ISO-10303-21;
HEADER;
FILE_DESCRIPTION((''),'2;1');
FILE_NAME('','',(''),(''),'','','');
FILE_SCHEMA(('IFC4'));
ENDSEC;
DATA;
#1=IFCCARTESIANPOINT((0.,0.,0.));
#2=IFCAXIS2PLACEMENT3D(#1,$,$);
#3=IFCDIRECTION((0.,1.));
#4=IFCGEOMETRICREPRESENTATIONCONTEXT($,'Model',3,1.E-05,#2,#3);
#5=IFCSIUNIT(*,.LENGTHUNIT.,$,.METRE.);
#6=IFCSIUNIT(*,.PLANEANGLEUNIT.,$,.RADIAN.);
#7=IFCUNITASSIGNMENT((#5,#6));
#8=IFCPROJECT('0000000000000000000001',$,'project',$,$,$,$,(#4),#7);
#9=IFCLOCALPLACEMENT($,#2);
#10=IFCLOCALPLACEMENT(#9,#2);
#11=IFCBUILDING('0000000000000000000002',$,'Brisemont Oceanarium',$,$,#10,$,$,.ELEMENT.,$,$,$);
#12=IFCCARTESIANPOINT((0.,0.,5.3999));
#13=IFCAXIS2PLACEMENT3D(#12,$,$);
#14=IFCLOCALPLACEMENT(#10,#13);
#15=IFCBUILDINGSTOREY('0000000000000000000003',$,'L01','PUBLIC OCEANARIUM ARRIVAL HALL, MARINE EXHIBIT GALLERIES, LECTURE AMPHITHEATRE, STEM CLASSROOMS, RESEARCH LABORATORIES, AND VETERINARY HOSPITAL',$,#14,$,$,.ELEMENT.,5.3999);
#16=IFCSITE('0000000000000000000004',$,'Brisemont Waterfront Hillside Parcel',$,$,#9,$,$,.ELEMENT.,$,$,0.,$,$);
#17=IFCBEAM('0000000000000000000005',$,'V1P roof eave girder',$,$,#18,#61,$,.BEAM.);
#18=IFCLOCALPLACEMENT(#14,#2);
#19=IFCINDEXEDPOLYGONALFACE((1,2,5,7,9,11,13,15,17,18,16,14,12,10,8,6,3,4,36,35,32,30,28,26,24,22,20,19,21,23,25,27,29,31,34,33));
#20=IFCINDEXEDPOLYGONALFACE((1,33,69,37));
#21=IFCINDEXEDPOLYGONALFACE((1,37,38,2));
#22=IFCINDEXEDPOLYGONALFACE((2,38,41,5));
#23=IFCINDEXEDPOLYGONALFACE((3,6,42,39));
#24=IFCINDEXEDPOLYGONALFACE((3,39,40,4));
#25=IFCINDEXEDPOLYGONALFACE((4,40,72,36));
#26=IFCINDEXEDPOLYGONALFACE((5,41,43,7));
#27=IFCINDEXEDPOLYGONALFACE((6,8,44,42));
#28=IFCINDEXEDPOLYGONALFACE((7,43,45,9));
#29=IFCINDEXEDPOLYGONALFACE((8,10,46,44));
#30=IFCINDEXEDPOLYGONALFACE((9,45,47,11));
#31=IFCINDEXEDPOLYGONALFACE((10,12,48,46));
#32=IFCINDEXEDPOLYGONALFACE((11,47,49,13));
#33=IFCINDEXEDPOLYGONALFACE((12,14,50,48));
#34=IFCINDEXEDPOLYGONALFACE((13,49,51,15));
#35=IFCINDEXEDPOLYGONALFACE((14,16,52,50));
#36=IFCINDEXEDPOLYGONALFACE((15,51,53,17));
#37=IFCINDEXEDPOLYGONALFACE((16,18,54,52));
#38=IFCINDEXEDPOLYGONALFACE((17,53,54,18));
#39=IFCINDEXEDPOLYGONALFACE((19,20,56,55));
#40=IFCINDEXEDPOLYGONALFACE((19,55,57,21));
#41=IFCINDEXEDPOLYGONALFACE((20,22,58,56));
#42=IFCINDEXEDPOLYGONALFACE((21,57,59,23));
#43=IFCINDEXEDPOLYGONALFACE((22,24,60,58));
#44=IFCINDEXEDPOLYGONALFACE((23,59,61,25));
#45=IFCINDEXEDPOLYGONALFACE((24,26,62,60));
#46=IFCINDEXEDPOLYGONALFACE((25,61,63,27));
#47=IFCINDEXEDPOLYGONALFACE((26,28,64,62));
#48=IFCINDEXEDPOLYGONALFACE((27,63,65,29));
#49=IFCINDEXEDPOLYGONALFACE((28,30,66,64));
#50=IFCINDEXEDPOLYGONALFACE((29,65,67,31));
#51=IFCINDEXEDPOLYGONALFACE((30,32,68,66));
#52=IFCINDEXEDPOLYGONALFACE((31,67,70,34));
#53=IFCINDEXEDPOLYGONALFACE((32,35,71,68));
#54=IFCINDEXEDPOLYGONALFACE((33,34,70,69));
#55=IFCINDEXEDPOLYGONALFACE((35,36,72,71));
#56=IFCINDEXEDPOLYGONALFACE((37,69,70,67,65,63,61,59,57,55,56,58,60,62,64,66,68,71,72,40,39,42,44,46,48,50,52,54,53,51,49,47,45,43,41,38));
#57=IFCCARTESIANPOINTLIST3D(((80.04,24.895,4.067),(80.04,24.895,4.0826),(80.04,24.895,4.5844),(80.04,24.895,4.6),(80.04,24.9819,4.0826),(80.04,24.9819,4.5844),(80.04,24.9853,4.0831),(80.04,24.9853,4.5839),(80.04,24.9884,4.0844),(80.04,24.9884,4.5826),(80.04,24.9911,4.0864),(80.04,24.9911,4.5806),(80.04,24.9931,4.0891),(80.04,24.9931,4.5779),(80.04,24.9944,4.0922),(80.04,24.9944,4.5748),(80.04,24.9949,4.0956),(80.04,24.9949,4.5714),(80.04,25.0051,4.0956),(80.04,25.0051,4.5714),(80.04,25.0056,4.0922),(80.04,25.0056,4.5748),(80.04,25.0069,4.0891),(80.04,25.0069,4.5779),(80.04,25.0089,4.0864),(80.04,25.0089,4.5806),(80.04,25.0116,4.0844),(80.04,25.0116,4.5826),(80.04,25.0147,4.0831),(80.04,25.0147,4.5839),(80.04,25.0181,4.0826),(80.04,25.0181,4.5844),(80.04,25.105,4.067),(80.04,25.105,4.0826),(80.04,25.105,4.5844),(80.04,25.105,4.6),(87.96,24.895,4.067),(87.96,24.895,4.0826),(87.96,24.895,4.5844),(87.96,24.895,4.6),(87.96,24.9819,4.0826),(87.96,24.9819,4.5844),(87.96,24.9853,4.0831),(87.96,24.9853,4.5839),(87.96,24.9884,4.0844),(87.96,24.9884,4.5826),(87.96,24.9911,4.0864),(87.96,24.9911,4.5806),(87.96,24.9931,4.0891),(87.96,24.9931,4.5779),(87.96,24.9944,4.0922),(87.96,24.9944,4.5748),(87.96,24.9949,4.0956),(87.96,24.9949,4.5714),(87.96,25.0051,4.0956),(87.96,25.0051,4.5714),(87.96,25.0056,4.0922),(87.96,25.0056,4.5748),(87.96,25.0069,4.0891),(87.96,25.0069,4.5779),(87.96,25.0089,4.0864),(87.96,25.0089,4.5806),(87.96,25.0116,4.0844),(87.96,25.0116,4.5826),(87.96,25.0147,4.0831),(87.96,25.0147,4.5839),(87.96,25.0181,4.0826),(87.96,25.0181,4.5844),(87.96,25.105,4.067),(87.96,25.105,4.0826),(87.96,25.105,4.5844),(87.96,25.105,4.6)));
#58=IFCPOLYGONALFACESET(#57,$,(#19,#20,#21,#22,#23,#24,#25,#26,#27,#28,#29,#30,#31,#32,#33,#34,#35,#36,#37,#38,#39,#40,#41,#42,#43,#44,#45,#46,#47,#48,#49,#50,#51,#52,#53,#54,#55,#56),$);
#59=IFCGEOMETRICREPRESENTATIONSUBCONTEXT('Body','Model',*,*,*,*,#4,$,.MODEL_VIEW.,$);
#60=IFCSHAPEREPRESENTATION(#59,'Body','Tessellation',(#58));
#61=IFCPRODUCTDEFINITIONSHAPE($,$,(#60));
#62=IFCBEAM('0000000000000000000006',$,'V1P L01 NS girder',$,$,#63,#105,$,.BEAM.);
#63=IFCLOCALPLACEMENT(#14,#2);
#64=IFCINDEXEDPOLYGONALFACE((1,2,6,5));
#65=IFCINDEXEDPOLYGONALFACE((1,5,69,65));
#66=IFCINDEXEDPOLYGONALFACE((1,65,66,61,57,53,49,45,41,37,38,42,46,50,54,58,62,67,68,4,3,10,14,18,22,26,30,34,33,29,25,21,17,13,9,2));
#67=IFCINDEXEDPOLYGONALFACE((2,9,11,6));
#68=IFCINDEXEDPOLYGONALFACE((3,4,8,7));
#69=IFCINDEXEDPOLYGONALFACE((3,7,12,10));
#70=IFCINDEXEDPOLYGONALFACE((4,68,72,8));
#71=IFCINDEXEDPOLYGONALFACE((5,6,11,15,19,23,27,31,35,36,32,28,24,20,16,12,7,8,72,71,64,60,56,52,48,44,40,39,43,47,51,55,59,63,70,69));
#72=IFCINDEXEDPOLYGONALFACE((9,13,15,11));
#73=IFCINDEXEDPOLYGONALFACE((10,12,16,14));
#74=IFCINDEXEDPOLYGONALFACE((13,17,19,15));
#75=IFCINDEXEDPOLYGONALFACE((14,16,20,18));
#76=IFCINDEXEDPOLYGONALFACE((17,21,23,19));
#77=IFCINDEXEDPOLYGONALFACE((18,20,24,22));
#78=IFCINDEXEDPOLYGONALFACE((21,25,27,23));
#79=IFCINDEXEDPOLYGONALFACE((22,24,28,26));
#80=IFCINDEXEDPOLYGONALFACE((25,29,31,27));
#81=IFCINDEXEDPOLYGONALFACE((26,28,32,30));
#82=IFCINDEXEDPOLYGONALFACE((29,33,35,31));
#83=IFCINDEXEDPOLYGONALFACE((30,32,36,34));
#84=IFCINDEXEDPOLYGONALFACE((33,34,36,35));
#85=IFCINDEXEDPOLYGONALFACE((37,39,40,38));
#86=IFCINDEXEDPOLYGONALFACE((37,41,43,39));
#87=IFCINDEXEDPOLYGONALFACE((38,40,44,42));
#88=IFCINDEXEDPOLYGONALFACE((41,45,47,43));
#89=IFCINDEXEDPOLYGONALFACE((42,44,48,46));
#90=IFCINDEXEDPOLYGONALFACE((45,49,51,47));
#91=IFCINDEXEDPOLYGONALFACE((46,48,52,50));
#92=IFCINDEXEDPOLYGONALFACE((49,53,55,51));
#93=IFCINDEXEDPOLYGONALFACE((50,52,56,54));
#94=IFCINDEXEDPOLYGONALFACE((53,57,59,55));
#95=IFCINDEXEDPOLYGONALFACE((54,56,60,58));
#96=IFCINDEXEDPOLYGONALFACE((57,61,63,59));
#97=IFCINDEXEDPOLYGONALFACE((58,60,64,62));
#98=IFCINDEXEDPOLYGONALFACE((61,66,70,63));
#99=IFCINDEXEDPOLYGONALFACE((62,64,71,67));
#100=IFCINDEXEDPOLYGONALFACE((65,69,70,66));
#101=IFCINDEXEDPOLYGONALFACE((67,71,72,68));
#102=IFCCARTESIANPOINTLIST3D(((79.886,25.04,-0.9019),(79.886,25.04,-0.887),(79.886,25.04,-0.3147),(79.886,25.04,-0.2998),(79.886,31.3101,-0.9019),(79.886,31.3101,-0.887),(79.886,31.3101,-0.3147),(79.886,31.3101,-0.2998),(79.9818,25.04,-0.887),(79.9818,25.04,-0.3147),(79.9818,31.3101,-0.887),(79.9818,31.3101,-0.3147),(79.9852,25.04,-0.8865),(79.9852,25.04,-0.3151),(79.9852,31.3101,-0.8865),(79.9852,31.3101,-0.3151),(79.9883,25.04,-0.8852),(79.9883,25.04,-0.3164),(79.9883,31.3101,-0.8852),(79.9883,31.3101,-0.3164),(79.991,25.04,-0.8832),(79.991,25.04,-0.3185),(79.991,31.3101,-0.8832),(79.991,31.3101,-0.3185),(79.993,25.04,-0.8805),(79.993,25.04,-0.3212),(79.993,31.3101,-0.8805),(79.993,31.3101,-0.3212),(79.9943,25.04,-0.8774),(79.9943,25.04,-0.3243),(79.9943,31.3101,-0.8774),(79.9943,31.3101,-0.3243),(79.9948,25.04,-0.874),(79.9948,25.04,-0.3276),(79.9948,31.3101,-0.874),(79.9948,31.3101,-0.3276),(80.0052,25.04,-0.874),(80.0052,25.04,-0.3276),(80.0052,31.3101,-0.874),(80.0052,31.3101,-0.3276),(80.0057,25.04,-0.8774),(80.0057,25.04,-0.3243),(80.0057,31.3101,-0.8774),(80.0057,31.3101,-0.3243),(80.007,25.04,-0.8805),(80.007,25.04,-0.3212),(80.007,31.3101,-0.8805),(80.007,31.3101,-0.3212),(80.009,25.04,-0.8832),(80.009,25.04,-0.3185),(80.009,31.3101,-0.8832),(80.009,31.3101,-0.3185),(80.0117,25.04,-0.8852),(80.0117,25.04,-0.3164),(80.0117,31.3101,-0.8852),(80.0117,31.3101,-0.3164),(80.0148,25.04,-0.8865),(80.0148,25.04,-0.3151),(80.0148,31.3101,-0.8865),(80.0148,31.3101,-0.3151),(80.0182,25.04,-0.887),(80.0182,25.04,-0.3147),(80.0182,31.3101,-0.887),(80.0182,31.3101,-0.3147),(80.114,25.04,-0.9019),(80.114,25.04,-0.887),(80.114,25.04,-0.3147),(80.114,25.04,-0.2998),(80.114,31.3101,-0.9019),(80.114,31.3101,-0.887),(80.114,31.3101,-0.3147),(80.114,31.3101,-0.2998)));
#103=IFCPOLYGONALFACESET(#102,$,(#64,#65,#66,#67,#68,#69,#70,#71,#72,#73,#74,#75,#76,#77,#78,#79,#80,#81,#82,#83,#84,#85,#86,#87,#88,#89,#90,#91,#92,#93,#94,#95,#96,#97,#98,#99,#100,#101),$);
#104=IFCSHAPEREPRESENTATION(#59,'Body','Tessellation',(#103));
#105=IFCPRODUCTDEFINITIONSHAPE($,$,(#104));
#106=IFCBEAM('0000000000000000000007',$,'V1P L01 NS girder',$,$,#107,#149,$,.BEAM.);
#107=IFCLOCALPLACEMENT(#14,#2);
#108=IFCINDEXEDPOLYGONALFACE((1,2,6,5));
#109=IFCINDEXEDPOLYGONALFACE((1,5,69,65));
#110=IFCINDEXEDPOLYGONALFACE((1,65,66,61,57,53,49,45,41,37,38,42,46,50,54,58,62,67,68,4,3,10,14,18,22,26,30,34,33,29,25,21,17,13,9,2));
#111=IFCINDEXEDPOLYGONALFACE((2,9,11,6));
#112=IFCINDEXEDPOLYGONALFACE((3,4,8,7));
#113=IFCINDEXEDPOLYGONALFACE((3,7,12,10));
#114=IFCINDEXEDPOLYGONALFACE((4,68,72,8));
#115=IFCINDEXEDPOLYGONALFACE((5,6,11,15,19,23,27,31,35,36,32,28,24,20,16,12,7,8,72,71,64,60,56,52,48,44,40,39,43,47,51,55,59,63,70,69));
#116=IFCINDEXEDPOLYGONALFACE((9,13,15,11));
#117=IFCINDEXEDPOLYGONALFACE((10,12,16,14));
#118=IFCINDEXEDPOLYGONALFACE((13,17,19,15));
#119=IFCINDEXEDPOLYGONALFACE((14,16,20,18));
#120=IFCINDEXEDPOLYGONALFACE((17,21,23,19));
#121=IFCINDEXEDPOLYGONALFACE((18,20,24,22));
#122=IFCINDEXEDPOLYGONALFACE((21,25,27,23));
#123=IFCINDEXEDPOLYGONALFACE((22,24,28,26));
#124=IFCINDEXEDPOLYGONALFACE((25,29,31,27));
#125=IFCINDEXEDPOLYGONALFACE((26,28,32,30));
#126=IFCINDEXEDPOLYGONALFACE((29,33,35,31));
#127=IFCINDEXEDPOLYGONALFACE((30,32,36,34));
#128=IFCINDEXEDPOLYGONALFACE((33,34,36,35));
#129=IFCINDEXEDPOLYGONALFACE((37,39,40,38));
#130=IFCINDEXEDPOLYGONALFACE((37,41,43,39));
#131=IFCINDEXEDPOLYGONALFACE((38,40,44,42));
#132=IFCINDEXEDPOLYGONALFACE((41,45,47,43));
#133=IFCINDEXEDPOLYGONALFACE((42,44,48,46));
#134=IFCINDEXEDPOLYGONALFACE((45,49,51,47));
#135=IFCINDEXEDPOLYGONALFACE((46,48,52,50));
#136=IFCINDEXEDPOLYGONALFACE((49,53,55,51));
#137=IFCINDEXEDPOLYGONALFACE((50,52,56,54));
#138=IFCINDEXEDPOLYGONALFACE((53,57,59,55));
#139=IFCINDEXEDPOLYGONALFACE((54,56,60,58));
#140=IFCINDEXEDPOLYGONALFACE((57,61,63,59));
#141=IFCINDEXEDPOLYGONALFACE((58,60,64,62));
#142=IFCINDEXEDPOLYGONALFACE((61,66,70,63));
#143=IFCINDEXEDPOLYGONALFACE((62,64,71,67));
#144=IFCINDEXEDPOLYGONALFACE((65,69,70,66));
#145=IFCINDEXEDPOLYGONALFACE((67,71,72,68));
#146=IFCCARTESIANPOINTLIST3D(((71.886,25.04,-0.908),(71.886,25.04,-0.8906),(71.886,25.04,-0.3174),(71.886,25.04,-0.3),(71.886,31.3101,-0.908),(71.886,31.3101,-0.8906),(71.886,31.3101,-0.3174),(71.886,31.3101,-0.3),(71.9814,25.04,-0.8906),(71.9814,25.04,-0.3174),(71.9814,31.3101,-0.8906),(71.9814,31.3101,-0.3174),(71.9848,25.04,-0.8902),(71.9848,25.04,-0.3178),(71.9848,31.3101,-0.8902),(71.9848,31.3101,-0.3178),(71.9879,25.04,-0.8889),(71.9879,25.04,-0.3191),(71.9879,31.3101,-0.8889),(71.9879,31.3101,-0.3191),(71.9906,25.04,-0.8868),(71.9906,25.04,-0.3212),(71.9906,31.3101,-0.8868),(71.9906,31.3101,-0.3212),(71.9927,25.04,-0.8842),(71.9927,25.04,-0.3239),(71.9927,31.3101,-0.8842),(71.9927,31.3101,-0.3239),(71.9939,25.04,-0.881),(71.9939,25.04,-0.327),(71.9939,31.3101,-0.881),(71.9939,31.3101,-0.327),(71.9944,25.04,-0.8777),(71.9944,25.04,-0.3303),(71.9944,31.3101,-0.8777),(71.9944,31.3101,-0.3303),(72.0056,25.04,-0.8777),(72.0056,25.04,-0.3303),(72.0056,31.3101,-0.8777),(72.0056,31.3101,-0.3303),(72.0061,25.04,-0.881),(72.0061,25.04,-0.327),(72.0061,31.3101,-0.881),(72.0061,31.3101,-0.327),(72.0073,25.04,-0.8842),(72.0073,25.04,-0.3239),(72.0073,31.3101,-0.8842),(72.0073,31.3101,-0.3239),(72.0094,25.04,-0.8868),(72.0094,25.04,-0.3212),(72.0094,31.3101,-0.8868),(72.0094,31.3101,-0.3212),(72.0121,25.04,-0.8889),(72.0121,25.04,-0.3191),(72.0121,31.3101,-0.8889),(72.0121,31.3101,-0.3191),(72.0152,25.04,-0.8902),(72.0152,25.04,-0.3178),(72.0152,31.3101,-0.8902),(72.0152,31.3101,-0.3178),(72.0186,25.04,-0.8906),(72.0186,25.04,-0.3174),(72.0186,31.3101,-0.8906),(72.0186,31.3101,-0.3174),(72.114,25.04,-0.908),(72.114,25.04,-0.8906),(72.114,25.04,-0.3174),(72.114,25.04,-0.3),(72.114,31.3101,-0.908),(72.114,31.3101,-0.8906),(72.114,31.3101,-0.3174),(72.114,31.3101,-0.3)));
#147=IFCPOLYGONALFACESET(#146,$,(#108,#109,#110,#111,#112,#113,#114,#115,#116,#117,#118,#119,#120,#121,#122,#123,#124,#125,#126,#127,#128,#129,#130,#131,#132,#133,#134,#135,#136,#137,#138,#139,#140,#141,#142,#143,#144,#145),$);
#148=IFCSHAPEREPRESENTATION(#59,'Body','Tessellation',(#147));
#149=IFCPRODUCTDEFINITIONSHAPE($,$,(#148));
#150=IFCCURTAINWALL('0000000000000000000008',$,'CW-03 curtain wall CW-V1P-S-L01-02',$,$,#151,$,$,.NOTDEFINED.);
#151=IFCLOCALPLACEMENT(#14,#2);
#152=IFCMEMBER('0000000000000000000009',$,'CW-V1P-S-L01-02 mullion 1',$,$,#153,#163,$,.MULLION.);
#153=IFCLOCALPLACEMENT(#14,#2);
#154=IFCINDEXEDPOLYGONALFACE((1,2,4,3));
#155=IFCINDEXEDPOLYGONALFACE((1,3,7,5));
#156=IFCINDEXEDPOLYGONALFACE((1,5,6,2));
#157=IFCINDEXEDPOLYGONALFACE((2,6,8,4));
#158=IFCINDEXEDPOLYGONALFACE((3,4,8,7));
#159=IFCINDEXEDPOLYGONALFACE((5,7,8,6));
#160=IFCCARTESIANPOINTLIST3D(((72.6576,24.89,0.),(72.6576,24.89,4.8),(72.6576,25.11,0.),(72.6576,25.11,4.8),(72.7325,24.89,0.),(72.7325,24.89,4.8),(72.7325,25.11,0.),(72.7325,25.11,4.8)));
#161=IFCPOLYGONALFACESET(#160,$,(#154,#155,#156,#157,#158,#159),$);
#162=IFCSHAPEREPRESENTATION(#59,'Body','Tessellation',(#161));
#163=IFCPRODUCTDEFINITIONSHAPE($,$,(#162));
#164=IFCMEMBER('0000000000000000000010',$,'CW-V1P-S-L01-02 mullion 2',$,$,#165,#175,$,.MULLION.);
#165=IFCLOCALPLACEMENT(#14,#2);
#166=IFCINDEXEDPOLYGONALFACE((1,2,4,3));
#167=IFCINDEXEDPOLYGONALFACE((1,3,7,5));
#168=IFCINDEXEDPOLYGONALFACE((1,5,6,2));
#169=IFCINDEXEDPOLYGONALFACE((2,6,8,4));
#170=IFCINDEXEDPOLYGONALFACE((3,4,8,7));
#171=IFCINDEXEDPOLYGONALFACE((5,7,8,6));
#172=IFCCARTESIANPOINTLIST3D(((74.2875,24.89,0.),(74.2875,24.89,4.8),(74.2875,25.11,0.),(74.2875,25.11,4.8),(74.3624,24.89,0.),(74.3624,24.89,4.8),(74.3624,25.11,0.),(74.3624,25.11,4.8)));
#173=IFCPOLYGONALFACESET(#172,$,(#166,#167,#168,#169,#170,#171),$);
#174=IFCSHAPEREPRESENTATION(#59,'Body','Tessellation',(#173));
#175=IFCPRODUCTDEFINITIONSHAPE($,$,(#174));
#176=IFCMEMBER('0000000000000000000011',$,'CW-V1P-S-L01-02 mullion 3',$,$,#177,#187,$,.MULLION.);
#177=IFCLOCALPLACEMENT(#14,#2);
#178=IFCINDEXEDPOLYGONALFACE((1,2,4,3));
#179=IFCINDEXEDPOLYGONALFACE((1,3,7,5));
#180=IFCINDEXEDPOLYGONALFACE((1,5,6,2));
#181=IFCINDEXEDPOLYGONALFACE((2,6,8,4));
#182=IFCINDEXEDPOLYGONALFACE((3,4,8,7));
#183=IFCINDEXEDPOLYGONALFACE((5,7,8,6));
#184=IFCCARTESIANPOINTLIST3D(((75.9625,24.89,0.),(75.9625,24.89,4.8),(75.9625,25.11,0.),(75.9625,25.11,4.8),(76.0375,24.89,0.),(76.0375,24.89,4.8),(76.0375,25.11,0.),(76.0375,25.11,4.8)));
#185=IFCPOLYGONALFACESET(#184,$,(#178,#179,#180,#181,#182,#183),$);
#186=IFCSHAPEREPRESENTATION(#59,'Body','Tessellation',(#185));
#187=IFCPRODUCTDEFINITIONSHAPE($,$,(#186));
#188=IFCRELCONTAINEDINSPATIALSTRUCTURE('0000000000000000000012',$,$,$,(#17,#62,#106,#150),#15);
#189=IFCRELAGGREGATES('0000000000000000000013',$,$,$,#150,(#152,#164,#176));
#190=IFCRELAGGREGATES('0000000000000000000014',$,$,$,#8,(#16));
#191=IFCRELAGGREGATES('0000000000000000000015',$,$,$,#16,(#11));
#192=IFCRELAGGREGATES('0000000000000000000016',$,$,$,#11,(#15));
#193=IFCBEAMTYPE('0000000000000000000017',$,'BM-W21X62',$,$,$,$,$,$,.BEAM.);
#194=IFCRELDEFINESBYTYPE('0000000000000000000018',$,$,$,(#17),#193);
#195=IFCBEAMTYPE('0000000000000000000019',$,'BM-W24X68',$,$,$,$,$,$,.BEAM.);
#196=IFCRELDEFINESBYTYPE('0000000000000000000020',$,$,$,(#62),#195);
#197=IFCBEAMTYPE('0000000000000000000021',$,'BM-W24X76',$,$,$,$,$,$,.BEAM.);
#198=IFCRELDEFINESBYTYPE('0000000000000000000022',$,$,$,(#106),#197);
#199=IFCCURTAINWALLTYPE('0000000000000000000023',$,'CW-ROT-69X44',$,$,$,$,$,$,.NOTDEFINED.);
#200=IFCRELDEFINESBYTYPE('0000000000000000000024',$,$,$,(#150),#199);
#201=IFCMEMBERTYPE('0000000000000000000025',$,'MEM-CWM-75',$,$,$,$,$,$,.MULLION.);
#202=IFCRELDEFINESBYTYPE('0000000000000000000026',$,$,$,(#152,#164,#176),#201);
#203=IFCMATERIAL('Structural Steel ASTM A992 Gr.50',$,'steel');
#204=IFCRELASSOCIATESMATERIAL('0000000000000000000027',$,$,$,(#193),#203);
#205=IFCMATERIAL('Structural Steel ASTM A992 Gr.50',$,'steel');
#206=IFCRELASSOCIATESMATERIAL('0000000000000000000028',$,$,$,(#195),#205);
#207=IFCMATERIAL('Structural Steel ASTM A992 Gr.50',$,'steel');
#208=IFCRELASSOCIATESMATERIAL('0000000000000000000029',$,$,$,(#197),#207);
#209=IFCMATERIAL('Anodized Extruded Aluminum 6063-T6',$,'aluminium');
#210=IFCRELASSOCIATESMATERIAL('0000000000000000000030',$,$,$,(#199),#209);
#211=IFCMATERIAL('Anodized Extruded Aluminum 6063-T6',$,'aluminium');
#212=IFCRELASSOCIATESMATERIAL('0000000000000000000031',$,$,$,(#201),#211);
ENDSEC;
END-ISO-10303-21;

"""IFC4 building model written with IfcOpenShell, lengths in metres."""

from ifc_helpers import new_model, si_unit, direction, frame, origin, origin_2d, place, context, subcontext, project, spatial, rectangle, i_section, extrude, material, material_profile, profile_set, type_object, element, aggregate, save


model = new_model("IFC4")

# Units and contexts
model_context = context("Model", 3, precision=1e-05, world=origin(), true_north=direction((0.0, 1.0)))
body_context = subcontext(model_context, "Body", "Model", "MODEL_VIEW")
ifc_project = project(units=[si_unit("LENGTHUNIT", "METRE"), si_unit("PLANEANGLEUNIT", "RADIAN")], contexts=[model_context])

# Site, building, storey
site_placement = place(None, origin())
site = spatial("IfcSite", under=ifc_project, at=site_placement, Name="Brisemont Waterfront Hillside Parcel", CompositionType="ELEMENT", RefElevation=0.0)
building_placement = place(site_placement, origin())
building = spatial("IfcBuilding", under=site, at=building_placement, Name="Brisemont Oceanarium", CompositionType="ELEMENT")
storey_placement = place(building_placement, frame((0.0, 0.0, 5.3999)))
storey = spatial("IfcBuildingStorey", under=building, at=storey_placement, Name="L01", Description="PUBLIC OCEANARIUM ARRIVAL HALL, MARINE EXHIBIT GALLERIES, LECTURE AMPHITHEATRE, STEM CLASSROOMS, RESEARCH LABORATORIES, AND VETERINARY HOSPITAL", CompositionType="ELEMENT", Elevation=5.3999)

# Beams
ifc_material_1 = material(Name="Structural Steel ASTM A992 Gr.50", Category="steel")
ifc_material_profile_1 = material_profile(ifc_material_1, i_section(OverallWidth=0.21, OverallDepth=0.533, WebThickness=0.0103, FlangeThickness=0.0156, FilletRadius=0.0129, at=origin_2d()), Name="W21X62")
ifc_profile_set_1 = profile_set([ifc_material_profile_1], Name="Structural Steel ASTM A992 Gr.50")
beam_type_1 = type_object("IfcBeamType", Name="BM-W21X62", PredefinedType="BEAM", material=ifc_profile_set_1)
beam_1_placement = place(storey_placement, frame((80.04, 25.0, 4.3335), z_axis=(1.0, 0.0, 0.0), x_axis=(0.0, 1.0, 0.0)))
element("IfcBeam", 1, at=beam_1_placement, inside=storey, type_object=beam_type_1, Name="V1P roof eave girder", PredefinedType="BEAM", context=body_context, shape_type="SweptSolid", body=[
    extrude(i_section(OverallWidth=0.21, OverallDepth=0.533, WebThickness=0.0103, FlangeThickness=0.0156, FilletRadius=0.0129, at=origin_2d()), origin(), (0.0, 0.0, 1.0), 7.9199),
])
ifc_material_2 = material(Name="Structural Steel ASTM A992 Gr.50", Category="steel")
ifc_material_profile_2 = material_profile(ifc_material_2, i_section(OverallWidth=0.228, OverallDepth=0.6021, WebThickness=0.0105, FlangeThickness=0.0149, FilletRadius=0.0129, at=origin_2d()), Name="W24X68")
ifc_profile_set_2 = profile_set([ifc_material_profile_2], Name="Structural Steel ASTM A992 Gr.50")
beam_type_2 = type_object("IfcBeamType", Name="BM-W24X68", PredefinedType="BEAM", material=ifc_profile_set_2)
beam_2_placement = place(storey_placement, frame((80.0, 25.04, -0.6008), z_axis=(0.0, 1.0, 0.0), x_axis=(-1.0, 0.0, 0.0)))
element("IfcBeam", 2, at=beam_2_placement, inside=storey, type_object=beam_type_2, Name="V1P L01 NS girder", PredefinedType="BEAM", context=body_context, shape_type="SweptSolid", body=[
    extrude(i_section(OverallWidth=0.228, OverallDepth=0.6021, WebThickness=0.0105, FlangeThickness=0.0149, FilletRadius=0.0129, at=origin_2d()), origin(), (0.0, 0.0, 1.0), 6.27),
])
ifc_material_3 = material(Name="Structural Steel ASTM A992 Gr.50", Category="steel")
ifc_material_profile_3 = material_profile(ifc_material_3, i_section(OverallWidth=0.228, OverallDepth=0.6079, WebThickness=0.0112, FlangeThickness=0.0173, FilletRadius=0.0129, at=origin_2d()), Name="W24X76")
ifc_profile_set_3 = profile_set([ifc_material_profile_3], Name="Structural Steel ASTM A992 Gr.50")
beam_type_3 = type_object("IfcBeamType", Name="BM-W24X76", PredefinedType="BEAM", material=ifc_profile_set_3)
beam_3_placement = place(storey_placement, frame((72.0, 25.04, -0.604), z_axis=(0.0, 1.0, 0.0), x_axis=(-1.0, 0.0, 0.0)))
element("IfcBeam", 3, at=beam_3_placement, inside=storey, type_object=beam_type_3, Name="V1P L01 NS girder", PredefinedType="BEAM", context=body_context, shape_type="SweptSolid", body=[
    extrude(i_section(OverallWidth=0.228, OverallDepth=0.6079, WebThickness=0.0112, FlangeThickness=0.0173, FilletRadius=0.0129, at=origin_2d()), origin(), (0.0, 0.0, 1.0), 6.27),
])

# Curtain wall, members
ifc_material_4 = material(Name="Anodized Extruded Aluminum 6063-T6", Category="aluminium")
curtain_wall_type = type_object("IfcCurtainWallType", Name="CW-ROT-69X44", PredefinedType="NOTDEFINED", material=ifc_material_4)
curtain_wall_1_placement = place(storey_placement, origin())
curtain_wall_1 = element("IfcCurtainWall", 4, at=curtain_wall_1_placement, inside=storey, type_object=curtain_wall_type, Name="CW-03 curtain wall CW-V1P-S-L01-02", PredefinedType="NOTDEFINED")
ifc_material_5 = material(Name="Anodized Extruded Aluminum 6063-T6", Category="aluminium")
ifc_material_profile_4 = material_profile(ifc_material_5, rectangle(XDim=0.075, YDim=0.22, at=origin_2d()), Name="CWM-75X220")
ifc_profile_set_4 = profile_set([ifc_material_profile_4], Name="Anodized Extruded Aluminum 6063-T6")
member_type_1 = type_object("IfcMemberType", Name="MEM-CWM-75", PredefinedType="MULLION", material=ifc_profile_set_4)
member_1_placement = place(storey_placement, frame((72.6951, 25.0, 0.0), z_axis=(0.0, 0.0, 1.0), x_axis=(1.0, 0.0, 0.0)))
member_1 = element("IfcMember", 5, at=member_1_placement, type_object=member_type_1, Name="CW-V1P-S-L01-02 mullion 1", PredefinedType="MULLION", context=body_context, shape_type="SweptSolid", body=[
    extrude(rectangle(XDim=0.075, YDim=0.22, at=origin_2d()), origin(), (0.0, 0.0, 1.0), 4.8),
])
member_2_placement = place(storey_placement, frame((74.325, 25.0, 0.0), z_axis=(0.0, 0.0, 1.0), x_axis=(1.0, 0.0, 0.0)))
member_2 = element("IfcMember", 6, at=member_2_placement, type_object=member_type_1, Name="CW-V1P-S-L01-02 mullion 2", PredefinedType="MULLION", context=body_context, shape_type="SweptSolid", body=[
    extrude(rectangle(XDim=0.075, YDim=0.22, at=origin_2d()), origin(), (0.0, 0.0, 1.0), 4.8),
])
member_3_placement = place(storey_placement, frame((76.0, 25.0, 0.0), z_axis=(0.0, 0.0, 1.0), x_axis=(1.0, 0.0, 0.0)))
member_3 = element("IfcMember", 7, at=member_3_placement, type_object=member_type_1, Name="CW-V1P-S-L01-02 mullion 3", PredefinedType="MULLION", context=body_context, shape_type="SweptSolid", body=[
    extrude(rectangle(XDim=0.075, YDim=0.22, at=origin_2d()), origin(), (0.0, 0.0, 1.0), 4.8),
])

aggregate(curtain_wall_1, [member_1, member_2, member_3])

save(model, "model.ifc")
